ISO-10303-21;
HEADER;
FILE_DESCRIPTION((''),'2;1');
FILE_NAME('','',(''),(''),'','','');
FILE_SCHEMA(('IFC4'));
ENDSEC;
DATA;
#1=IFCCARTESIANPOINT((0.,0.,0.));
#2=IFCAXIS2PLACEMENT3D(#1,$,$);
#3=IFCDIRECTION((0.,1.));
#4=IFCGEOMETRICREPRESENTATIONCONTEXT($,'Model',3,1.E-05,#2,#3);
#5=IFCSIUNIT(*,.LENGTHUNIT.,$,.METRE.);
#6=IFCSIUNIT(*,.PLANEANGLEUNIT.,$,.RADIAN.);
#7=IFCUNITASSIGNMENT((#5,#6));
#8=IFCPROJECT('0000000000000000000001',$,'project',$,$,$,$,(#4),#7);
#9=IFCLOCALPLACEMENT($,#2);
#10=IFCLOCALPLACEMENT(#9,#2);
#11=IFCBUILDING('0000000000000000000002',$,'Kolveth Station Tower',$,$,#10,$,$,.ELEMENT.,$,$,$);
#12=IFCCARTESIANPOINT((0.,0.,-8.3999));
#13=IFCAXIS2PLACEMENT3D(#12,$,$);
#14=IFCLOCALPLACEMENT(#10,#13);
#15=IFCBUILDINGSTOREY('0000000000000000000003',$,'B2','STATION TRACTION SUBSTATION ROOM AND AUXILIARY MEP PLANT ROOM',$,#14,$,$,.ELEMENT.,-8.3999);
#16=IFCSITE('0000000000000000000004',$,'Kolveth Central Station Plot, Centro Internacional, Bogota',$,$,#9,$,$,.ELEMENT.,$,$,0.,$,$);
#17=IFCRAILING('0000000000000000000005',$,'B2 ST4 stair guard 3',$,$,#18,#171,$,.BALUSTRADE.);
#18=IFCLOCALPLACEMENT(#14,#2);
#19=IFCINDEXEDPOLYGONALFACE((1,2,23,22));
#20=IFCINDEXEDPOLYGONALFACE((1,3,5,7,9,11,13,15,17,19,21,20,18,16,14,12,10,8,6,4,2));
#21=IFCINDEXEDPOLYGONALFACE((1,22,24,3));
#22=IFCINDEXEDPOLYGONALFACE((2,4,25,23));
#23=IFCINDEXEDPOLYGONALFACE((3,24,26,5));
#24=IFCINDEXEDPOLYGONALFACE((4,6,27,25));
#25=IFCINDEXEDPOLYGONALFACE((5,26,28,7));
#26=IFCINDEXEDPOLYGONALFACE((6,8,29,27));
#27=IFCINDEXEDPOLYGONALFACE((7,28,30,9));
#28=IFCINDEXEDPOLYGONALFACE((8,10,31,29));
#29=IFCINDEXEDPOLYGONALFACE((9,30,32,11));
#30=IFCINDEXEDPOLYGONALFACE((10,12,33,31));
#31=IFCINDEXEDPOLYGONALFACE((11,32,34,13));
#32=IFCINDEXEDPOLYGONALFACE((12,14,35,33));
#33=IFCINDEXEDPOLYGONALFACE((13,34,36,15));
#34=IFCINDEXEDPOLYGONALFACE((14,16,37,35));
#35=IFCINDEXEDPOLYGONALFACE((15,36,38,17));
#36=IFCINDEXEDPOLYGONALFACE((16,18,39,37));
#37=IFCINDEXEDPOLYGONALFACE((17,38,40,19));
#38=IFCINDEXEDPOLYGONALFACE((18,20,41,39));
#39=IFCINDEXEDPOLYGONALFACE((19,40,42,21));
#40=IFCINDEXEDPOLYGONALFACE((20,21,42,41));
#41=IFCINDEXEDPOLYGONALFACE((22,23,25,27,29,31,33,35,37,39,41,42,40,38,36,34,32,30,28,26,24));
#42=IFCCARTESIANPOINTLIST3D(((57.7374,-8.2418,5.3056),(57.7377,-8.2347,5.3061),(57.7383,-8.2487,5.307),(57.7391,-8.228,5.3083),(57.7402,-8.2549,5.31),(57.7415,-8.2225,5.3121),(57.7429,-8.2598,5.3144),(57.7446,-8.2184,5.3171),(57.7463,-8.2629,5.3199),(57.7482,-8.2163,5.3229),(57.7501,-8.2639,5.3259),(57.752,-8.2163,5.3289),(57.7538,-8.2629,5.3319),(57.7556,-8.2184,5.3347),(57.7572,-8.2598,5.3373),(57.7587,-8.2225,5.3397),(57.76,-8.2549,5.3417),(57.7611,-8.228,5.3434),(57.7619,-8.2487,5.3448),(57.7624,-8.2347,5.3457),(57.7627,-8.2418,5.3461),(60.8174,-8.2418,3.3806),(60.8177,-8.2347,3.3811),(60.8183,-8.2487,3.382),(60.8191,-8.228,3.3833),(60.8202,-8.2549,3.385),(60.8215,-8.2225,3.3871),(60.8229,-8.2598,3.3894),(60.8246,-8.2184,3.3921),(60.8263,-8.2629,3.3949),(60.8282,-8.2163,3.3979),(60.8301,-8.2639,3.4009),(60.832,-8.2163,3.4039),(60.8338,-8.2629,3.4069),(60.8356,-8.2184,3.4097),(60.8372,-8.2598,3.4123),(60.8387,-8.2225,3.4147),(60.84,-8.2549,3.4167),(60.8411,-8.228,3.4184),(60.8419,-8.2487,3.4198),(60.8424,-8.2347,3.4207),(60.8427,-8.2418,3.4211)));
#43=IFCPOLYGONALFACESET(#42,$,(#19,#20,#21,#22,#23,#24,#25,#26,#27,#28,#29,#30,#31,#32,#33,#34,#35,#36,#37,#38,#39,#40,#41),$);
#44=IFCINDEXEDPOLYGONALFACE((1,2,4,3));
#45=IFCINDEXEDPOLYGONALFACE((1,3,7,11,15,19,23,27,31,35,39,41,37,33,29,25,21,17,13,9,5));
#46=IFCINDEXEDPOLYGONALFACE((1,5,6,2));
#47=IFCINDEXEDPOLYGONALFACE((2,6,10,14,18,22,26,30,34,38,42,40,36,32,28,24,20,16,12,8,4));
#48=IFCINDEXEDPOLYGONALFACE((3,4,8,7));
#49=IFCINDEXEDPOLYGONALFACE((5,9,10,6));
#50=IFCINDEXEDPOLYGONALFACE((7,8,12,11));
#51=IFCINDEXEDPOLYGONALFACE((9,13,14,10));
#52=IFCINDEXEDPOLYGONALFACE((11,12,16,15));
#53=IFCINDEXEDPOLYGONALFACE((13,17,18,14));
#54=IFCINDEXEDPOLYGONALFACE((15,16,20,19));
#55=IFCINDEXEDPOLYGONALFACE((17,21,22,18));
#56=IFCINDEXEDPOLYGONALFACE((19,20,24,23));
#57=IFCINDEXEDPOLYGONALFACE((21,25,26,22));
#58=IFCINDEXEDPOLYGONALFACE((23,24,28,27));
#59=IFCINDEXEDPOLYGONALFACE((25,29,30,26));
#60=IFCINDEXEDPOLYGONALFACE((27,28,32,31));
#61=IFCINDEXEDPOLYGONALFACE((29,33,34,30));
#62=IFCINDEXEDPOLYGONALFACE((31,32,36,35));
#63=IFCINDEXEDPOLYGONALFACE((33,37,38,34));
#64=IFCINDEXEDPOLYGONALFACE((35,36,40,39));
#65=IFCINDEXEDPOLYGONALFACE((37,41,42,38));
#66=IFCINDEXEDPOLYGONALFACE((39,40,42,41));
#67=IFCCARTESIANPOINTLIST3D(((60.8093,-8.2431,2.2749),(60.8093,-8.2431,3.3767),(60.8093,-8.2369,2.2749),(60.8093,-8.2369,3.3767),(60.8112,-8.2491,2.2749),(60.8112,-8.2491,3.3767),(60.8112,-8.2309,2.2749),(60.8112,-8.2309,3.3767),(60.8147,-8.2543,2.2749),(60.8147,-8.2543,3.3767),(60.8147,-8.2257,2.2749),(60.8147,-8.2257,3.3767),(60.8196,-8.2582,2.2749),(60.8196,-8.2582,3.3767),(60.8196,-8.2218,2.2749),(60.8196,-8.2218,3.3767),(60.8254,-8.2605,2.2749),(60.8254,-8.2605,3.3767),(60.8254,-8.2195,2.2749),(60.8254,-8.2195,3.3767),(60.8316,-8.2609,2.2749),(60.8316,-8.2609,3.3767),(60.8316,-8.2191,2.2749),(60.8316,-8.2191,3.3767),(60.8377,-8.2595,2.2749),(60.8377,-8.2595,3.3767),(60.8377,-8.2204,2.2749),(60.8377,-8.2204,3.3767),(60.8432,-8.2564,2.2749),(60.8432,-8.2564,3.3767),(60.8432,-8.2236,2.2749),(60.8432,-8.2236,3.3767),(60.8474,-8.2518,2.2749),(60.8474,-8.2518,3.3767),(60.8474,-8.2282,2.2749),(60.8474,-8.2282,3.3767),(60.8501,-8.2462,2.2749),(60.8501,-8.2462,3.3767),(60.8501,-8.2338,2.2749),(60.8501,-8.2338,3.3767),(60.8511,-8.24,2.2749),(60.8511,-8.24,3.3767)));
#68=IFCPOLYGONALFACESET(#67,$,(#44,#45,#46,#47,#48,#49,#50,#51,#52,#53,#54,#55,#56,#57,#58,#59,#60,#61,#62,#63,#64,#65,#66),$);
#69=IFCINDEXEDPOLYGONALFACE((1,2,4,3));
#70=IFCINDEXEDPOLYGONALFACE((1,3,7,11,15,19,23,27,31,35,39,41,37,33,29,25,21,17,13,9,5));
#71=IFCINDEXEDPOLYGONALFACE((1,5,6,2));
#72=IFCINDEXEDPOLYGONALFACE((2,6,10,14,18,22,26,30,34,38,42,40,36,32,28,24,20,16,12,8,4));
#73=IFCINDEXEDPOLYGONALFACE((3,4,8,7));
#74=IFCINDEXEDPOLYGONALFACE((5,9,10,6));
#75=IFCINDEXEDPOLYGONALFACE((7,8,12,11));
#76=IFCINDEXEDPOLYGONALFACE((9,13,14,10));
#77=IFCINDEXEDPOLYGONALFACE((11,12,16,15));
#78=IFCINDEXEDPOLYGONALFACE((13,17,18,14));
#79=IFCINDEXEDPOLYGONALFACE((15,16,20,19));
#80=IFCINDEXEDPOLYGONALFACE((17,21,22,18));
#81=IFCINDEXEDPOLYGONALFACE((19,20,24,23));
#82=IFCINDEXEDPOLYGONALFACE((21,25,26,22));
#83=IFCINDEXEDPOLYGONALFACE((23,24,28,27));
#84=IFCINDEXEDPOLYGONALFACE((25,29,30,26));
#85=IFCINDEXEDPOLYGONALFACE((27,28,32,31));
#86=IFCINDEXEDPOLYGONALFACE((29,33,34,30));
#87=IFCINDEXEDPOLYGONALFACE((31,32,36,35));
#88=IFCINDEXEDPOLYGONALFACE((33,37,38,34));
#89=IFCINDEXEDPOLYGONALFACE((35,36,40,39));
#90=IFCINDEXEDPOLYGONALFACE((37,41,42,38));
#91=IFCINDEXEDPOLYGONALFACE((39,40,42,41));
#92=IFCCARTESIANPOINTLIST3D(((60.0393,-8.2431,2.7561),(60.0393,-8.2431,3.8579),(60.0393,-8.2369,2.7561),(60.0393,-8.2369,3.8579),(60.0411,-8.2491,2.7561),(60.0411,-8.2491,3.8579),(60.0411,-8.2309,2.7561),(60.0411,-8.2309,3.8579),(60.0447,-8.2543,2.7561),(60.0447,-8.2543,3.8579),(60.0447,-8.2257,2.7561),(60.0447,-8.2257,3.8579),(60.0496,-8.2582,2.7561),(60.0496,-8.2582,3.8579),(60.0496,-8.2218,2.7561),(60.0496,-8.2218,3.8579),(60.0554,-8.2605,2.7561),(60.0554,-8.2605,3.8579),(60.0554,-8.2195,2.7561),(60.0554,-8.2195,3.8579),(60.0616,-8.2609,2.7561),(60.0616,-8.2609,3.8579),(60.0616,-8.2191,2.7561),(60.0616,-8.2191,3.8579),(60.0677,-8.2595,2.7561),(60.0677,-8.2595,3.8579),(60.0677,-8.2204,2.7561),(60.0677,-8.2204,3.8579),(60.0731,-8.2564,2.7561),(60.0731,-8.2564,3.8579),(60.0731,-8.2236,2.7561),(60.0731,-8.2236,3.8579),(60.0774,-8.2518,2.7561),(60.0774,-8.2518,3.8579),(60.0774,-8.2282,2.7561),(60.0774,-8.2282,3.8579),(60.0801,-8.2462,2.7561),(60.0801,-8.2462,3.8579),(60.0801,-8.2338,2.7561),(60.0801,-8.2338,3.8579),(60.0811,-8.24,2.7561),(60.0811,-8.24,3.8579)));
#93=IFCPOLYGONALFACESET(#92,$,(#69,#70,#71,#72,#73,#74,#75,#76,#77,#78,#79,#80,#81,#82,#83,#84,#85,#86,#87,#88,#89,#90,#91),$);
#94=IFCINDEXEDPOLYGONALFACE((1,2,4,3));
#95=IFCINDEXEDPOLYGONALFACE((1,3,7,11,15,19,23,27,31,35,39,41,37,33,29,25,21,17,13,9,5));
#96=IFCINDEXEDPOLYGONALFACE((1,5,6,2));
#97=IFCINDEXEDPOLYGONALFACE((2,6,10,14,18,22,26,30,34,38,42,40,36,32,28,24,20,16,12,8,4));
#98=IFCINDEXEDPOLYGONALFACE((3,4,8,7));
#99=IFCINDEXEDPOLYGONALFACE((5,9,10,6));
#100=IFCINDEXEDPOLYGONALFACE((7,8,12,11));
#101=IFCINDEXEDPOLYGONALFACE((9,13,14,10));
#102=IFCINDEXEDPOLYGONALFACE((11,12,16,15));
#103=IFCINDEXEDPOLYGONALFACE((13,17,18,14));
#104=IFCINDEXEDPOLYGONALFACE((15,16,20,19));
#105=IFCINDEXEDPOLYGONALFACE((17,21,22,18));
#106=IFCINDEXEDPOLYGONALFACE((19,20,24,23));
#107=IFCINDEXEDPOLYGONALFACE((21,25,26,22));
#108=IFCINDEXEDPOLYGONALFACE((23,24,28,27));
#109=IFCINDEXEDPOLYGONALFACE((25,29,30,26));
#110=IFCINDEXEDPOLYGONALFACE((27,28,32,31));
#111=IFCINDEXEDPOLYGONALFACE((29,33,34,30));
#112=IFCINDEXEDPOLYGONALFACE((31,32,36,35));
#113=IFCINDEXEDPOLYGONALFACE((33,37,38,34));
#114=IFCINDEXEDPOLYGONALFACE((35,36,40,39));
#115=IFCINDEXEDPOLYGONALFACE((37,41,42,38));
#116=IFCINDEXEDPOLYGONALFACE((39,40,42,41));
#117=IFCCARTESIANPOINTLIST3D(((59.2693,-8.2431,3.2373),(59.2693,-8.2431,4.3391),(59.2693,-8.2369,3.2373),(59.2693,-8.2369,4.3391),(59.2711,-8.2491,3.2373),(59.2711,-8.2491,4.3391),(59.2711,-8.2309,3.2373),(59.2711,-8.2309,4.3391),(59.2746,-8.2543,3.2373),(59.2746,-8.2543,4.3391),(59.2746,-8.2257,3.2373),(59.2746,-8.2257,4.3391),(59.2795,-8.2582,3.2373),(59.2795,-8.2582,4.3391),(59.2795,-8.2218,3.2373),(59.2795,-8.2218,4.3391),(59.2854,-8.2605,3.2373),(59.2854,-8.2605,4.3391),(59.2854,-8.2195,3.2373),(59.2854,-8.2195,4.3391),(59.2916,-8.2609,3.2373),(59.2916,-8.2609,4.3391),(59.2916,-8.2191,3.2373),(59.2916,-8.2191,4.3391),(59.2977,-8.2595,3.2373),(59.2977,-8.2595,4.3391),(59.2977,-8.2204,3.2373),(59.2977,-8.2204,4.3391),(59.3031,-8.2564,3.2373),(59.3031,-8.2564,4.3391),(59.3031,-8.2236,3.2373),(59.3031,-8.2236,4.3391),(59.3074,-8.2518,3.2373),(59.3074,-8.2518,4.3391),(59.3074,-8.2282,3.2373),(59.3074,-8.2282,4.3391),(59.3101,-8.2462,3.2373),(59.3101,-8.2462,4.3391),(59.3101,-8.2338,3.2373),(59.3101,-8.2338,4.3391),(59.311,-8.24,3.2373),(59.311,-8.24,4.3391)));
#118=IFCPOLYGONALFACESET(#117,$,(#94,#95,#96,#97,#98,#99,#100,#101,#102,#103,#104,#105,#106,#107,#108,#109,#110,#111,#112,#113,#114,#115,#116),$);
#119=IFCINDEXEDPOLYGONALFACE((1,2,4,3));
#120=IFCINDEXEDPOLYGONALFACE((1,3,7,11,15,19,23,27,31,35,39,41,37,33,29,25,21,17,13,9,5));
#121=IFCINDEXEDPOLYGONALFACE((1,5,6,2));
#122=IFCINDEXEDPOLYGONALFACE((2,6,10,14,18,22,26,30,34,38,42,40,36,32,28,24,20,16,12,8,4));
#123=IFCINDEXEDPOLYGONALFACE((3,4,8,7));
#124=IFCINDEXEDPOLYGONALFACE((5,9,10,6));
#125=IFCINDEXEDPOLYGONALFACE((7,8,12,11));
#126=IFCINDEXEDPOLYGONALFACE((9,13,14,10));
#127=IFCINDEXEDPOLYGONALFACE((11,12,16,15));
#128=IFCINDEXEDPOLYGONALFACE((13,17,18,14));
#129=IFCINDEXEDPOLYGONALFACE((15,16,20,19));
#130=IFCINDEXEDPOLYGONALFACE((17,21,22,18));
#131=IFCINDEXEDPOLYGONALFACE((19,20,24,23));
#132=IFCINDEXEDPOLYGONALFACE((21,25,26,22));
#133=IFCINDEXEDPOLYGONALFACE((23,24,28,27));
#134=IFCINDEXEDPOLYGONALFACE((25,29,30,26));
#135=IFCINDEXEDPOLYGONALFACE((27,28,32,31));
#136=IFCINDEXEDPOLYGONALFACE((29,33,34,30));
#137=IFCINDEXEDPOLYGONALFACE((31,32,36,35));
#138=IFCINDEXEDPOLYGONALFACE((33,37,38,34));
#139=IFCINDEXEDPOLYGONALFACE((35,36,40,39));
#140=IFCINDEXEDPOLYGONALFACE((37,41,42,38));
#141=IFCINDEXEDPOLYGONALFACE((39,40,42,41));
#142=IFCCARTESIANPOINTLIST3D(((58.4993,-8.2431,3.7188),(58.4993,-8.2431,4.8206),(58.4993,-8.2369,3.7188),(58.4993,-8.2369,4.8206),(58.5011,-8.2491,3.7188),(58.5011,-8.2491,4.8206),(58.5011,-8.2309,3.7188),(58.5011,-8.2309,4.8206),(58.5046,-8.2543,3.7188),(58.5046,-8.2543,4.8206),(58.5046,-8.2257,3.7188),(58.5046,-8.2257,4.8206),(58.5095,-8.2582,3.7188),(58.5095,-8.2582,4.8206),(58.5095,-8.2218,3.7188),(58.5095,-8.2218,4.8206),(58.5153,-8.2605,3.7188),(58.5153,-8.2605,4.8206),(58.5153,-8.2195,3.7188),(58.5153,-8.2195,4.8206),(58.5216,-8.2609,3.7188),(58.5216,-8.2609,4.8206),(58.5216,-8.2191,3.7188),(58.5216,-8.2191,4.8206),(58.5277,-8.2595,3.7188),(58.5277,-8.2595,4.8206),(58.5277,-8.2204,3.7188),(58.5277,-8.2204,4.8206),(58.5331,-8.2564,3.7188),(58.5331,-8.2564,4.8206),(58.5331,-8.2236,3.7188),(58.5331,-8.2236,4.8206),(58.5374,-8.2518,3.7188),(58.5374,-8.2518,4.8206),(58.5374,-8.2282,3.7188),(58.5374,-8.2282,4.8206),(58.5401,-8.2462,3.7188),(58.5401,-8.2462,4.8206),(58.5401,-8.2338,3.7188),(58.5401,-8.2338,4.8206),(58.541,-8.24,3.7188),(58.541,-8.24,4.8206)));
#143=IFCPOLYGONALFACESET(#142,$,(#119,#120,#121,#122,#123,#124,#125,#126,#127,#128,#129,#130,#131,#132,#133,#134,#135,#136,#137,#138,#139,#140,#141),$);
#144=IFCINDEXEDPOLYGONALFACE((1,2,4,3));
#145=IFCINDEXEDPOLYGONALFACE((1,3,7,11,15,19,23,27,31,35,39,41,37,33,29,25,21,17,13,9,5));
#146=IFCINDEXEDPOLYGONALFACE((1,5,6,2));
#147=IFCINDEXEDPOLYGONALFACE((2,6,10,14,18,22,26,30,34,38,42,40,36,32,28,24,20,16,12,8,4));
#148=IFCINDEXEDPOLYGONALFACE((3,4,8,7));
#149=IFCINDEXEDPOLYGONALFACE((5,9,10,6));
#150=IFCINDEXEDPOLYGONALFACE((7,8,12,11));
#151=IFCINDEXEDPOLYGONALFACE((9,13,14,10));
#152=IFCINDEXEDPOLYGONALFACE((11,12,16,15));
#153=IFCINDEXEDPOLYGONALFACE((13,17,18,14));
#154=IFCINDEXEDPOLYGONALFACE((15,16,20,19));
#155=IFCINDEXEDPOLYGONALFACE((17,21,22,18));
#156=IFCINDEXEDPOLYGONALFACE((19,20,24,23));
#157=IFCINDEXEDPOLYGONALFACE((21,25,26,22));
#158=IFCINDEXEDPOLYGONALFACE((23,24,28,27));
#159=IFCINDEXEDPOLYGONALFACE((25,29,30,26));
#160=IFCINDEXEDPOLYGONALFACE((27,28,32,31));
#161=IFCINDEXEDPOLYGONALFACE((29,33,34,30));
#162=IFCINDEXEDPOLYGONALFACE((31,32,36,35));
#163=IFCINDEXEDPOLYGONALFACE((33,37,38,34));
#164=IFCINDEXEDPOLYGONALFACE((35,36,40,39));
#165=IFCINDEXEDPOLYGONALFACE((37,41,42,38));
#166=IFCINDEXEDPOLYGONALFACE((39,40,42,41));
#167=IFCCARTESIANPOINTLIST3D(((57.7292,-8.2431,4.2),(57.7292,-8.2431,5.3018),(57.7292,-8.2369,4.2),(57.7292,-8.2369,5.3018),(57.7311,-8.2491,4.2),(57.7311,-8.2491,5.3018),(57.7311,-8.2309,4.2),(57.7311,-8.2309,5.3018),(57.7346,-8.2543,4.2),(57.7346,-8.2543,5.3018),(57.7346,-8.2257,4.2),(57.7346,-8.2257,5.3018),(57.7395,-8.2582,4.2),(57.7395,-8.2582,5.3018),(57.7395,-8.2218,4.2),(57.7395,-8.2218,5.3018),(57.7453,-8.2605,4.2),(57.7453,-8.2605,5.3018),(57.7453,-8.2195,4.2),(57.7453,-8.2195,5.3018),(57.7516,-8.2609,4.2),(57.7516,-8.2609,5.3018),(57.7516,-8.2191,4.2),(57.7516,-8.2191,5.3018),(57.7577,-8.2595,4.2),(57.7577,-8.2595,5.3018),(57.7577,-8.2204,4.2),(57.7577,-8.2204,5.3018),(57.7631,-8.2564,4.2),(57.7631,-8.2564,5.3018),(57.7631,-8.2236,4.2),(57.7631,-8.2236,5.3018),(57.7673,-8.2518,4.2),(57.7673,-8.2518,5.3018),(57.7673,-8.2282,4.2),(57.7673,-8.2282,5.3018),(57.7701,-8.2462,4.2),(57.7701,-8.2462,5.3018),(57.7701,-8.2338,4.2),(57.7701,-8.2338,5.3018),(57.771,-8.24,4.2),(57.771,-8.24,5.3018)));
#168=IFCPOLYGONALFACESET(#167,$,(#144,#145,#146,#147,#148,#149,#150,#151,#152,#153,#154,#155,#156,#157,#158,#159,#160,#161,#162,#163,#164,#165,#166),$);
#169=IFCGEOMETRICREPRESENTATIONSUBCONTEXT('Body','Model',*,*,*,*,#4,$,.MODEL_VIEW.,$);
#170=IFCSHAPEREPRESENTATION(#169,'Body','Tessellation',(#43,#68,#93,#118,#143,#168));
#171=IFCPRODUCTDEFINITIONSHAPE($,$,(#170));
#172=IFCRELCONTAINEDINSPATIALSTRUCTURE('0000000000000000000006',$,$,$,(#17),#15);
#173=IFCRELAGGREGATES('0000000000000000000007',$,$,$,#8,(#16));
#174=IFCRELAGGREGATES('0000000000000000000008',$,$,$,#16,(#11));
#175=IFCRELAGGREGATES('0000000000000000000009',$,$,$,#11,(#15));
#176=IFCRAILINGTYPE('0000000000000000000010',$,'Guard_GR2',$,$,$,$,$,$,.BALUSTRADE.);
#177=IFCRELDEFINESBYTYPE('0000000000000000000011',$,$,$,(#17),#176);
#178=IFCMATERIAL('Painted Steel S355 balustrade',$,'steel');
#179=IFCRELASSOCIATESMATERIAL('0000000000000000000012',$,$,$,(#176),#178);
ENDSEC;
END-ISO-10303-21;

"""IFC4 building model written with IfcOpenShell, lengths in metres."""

from ifc_helpers import new_model, si_unit, direction, frame, origin, origin_2d, place, context, subcontext, project, spatial, circle, extrude, material, type_object, element, save


model = new_model("IFC4")

# Units and contexts
model_context = context("Model", 3, precision=1e-05, world=origin(), true_north=direction((0.0, 1.0)))
body_context = subcontext(model_context, "Body", "Model", "MODEL_VIEW")
ifc_project = project(units=[si_unit("LENGTHUNIT", "METRE"), si_unit("PLANEANGLEUNIT", "RADIAN")], contexts=[model_context])

# Site, building, storey
site_placement = place(None, origin())
site = spatial("IfcSite", under=ifc_project, at=site_placement, Name="Kolveth Central Station Plot, Centro Internacional, Bogota", CompositionType="ELEMENT", RefElevation=0.0)
building_placement = place(site_placement, origin())
building = spatial("IfcBuilding", under=site, at=building_placement, Name="Kolveth Station Tower", CompositionType="ELEMENT")
storey_placement = place(building_placement, frame((0.0, 0.0, -8.3999)))
storey = spatial("IfcBuildingStorey", under=building, at=storey_placement, Name="B2", Description="STATION TRACTION SUBSTATION ROOM AND AUXILIARY MEP PLANT ROOM", CompositionType="ELEMENT", Elevation=-8.3999)

# Railing
ifc_material_1 = material(Name="Painted Steel S355 balustrade", Category="steel")
railing_type_1 = type_object("IfcRailingType", Name="Guard_GR2", PredefinedType="BALUSTRADE", material=ifc_material_1)
railing_1_placement = place(storey_placement, frame((60.8301, -8.24, 2.2749)))
element("IfcRailing", 1, at=railing_1_placement, inside=storey, type_object=railing_type_1, Name="B2 ST4 stair guard 3", PredefinedType="BALUSTRADE", context=body_context, shape_type="SweptSolid", body=[
    extrude(circle(Radius=0.0239, at=origin_2d()), frame((0.0, 0.0, 1.126), z_axis=(-0.847998, 0.0, 0.529999), x_axis=(0.0, -1.0, 0.0)), (0.0, 0.0, 1.0), 3.6321),
    extrude(circle(Radius=0.021, at=origin_2d()), origin(), (0.0, 0.0, 1.0), 1.1018),
    extrude(circle(Radius=0.021, at=origin_2d()), frame((-0.77, 0.0, 0.4812)), (0.0, 0.0, 1.0), 1.1018),
    extrude(circle(Radius=0.021, at=origin_2d()), frame((-1.54, 0.0, 0.9624)), (0.0, 0.0, 1.0), 1.1018),
    extrude(circle(Radius=0.021, at=origin_2d()), frame((-2.3101, 0.0, 1.4438)), (0.0, 0.0, 1.0), 1.1018),
    extrude(circle(Radius=0.021, at=origin_2d()), frame((-3.0801, 0.0, 1.925)), (0.0, 0.0, 1.0), 1.1018),
])

save(model, "model.ifc")
